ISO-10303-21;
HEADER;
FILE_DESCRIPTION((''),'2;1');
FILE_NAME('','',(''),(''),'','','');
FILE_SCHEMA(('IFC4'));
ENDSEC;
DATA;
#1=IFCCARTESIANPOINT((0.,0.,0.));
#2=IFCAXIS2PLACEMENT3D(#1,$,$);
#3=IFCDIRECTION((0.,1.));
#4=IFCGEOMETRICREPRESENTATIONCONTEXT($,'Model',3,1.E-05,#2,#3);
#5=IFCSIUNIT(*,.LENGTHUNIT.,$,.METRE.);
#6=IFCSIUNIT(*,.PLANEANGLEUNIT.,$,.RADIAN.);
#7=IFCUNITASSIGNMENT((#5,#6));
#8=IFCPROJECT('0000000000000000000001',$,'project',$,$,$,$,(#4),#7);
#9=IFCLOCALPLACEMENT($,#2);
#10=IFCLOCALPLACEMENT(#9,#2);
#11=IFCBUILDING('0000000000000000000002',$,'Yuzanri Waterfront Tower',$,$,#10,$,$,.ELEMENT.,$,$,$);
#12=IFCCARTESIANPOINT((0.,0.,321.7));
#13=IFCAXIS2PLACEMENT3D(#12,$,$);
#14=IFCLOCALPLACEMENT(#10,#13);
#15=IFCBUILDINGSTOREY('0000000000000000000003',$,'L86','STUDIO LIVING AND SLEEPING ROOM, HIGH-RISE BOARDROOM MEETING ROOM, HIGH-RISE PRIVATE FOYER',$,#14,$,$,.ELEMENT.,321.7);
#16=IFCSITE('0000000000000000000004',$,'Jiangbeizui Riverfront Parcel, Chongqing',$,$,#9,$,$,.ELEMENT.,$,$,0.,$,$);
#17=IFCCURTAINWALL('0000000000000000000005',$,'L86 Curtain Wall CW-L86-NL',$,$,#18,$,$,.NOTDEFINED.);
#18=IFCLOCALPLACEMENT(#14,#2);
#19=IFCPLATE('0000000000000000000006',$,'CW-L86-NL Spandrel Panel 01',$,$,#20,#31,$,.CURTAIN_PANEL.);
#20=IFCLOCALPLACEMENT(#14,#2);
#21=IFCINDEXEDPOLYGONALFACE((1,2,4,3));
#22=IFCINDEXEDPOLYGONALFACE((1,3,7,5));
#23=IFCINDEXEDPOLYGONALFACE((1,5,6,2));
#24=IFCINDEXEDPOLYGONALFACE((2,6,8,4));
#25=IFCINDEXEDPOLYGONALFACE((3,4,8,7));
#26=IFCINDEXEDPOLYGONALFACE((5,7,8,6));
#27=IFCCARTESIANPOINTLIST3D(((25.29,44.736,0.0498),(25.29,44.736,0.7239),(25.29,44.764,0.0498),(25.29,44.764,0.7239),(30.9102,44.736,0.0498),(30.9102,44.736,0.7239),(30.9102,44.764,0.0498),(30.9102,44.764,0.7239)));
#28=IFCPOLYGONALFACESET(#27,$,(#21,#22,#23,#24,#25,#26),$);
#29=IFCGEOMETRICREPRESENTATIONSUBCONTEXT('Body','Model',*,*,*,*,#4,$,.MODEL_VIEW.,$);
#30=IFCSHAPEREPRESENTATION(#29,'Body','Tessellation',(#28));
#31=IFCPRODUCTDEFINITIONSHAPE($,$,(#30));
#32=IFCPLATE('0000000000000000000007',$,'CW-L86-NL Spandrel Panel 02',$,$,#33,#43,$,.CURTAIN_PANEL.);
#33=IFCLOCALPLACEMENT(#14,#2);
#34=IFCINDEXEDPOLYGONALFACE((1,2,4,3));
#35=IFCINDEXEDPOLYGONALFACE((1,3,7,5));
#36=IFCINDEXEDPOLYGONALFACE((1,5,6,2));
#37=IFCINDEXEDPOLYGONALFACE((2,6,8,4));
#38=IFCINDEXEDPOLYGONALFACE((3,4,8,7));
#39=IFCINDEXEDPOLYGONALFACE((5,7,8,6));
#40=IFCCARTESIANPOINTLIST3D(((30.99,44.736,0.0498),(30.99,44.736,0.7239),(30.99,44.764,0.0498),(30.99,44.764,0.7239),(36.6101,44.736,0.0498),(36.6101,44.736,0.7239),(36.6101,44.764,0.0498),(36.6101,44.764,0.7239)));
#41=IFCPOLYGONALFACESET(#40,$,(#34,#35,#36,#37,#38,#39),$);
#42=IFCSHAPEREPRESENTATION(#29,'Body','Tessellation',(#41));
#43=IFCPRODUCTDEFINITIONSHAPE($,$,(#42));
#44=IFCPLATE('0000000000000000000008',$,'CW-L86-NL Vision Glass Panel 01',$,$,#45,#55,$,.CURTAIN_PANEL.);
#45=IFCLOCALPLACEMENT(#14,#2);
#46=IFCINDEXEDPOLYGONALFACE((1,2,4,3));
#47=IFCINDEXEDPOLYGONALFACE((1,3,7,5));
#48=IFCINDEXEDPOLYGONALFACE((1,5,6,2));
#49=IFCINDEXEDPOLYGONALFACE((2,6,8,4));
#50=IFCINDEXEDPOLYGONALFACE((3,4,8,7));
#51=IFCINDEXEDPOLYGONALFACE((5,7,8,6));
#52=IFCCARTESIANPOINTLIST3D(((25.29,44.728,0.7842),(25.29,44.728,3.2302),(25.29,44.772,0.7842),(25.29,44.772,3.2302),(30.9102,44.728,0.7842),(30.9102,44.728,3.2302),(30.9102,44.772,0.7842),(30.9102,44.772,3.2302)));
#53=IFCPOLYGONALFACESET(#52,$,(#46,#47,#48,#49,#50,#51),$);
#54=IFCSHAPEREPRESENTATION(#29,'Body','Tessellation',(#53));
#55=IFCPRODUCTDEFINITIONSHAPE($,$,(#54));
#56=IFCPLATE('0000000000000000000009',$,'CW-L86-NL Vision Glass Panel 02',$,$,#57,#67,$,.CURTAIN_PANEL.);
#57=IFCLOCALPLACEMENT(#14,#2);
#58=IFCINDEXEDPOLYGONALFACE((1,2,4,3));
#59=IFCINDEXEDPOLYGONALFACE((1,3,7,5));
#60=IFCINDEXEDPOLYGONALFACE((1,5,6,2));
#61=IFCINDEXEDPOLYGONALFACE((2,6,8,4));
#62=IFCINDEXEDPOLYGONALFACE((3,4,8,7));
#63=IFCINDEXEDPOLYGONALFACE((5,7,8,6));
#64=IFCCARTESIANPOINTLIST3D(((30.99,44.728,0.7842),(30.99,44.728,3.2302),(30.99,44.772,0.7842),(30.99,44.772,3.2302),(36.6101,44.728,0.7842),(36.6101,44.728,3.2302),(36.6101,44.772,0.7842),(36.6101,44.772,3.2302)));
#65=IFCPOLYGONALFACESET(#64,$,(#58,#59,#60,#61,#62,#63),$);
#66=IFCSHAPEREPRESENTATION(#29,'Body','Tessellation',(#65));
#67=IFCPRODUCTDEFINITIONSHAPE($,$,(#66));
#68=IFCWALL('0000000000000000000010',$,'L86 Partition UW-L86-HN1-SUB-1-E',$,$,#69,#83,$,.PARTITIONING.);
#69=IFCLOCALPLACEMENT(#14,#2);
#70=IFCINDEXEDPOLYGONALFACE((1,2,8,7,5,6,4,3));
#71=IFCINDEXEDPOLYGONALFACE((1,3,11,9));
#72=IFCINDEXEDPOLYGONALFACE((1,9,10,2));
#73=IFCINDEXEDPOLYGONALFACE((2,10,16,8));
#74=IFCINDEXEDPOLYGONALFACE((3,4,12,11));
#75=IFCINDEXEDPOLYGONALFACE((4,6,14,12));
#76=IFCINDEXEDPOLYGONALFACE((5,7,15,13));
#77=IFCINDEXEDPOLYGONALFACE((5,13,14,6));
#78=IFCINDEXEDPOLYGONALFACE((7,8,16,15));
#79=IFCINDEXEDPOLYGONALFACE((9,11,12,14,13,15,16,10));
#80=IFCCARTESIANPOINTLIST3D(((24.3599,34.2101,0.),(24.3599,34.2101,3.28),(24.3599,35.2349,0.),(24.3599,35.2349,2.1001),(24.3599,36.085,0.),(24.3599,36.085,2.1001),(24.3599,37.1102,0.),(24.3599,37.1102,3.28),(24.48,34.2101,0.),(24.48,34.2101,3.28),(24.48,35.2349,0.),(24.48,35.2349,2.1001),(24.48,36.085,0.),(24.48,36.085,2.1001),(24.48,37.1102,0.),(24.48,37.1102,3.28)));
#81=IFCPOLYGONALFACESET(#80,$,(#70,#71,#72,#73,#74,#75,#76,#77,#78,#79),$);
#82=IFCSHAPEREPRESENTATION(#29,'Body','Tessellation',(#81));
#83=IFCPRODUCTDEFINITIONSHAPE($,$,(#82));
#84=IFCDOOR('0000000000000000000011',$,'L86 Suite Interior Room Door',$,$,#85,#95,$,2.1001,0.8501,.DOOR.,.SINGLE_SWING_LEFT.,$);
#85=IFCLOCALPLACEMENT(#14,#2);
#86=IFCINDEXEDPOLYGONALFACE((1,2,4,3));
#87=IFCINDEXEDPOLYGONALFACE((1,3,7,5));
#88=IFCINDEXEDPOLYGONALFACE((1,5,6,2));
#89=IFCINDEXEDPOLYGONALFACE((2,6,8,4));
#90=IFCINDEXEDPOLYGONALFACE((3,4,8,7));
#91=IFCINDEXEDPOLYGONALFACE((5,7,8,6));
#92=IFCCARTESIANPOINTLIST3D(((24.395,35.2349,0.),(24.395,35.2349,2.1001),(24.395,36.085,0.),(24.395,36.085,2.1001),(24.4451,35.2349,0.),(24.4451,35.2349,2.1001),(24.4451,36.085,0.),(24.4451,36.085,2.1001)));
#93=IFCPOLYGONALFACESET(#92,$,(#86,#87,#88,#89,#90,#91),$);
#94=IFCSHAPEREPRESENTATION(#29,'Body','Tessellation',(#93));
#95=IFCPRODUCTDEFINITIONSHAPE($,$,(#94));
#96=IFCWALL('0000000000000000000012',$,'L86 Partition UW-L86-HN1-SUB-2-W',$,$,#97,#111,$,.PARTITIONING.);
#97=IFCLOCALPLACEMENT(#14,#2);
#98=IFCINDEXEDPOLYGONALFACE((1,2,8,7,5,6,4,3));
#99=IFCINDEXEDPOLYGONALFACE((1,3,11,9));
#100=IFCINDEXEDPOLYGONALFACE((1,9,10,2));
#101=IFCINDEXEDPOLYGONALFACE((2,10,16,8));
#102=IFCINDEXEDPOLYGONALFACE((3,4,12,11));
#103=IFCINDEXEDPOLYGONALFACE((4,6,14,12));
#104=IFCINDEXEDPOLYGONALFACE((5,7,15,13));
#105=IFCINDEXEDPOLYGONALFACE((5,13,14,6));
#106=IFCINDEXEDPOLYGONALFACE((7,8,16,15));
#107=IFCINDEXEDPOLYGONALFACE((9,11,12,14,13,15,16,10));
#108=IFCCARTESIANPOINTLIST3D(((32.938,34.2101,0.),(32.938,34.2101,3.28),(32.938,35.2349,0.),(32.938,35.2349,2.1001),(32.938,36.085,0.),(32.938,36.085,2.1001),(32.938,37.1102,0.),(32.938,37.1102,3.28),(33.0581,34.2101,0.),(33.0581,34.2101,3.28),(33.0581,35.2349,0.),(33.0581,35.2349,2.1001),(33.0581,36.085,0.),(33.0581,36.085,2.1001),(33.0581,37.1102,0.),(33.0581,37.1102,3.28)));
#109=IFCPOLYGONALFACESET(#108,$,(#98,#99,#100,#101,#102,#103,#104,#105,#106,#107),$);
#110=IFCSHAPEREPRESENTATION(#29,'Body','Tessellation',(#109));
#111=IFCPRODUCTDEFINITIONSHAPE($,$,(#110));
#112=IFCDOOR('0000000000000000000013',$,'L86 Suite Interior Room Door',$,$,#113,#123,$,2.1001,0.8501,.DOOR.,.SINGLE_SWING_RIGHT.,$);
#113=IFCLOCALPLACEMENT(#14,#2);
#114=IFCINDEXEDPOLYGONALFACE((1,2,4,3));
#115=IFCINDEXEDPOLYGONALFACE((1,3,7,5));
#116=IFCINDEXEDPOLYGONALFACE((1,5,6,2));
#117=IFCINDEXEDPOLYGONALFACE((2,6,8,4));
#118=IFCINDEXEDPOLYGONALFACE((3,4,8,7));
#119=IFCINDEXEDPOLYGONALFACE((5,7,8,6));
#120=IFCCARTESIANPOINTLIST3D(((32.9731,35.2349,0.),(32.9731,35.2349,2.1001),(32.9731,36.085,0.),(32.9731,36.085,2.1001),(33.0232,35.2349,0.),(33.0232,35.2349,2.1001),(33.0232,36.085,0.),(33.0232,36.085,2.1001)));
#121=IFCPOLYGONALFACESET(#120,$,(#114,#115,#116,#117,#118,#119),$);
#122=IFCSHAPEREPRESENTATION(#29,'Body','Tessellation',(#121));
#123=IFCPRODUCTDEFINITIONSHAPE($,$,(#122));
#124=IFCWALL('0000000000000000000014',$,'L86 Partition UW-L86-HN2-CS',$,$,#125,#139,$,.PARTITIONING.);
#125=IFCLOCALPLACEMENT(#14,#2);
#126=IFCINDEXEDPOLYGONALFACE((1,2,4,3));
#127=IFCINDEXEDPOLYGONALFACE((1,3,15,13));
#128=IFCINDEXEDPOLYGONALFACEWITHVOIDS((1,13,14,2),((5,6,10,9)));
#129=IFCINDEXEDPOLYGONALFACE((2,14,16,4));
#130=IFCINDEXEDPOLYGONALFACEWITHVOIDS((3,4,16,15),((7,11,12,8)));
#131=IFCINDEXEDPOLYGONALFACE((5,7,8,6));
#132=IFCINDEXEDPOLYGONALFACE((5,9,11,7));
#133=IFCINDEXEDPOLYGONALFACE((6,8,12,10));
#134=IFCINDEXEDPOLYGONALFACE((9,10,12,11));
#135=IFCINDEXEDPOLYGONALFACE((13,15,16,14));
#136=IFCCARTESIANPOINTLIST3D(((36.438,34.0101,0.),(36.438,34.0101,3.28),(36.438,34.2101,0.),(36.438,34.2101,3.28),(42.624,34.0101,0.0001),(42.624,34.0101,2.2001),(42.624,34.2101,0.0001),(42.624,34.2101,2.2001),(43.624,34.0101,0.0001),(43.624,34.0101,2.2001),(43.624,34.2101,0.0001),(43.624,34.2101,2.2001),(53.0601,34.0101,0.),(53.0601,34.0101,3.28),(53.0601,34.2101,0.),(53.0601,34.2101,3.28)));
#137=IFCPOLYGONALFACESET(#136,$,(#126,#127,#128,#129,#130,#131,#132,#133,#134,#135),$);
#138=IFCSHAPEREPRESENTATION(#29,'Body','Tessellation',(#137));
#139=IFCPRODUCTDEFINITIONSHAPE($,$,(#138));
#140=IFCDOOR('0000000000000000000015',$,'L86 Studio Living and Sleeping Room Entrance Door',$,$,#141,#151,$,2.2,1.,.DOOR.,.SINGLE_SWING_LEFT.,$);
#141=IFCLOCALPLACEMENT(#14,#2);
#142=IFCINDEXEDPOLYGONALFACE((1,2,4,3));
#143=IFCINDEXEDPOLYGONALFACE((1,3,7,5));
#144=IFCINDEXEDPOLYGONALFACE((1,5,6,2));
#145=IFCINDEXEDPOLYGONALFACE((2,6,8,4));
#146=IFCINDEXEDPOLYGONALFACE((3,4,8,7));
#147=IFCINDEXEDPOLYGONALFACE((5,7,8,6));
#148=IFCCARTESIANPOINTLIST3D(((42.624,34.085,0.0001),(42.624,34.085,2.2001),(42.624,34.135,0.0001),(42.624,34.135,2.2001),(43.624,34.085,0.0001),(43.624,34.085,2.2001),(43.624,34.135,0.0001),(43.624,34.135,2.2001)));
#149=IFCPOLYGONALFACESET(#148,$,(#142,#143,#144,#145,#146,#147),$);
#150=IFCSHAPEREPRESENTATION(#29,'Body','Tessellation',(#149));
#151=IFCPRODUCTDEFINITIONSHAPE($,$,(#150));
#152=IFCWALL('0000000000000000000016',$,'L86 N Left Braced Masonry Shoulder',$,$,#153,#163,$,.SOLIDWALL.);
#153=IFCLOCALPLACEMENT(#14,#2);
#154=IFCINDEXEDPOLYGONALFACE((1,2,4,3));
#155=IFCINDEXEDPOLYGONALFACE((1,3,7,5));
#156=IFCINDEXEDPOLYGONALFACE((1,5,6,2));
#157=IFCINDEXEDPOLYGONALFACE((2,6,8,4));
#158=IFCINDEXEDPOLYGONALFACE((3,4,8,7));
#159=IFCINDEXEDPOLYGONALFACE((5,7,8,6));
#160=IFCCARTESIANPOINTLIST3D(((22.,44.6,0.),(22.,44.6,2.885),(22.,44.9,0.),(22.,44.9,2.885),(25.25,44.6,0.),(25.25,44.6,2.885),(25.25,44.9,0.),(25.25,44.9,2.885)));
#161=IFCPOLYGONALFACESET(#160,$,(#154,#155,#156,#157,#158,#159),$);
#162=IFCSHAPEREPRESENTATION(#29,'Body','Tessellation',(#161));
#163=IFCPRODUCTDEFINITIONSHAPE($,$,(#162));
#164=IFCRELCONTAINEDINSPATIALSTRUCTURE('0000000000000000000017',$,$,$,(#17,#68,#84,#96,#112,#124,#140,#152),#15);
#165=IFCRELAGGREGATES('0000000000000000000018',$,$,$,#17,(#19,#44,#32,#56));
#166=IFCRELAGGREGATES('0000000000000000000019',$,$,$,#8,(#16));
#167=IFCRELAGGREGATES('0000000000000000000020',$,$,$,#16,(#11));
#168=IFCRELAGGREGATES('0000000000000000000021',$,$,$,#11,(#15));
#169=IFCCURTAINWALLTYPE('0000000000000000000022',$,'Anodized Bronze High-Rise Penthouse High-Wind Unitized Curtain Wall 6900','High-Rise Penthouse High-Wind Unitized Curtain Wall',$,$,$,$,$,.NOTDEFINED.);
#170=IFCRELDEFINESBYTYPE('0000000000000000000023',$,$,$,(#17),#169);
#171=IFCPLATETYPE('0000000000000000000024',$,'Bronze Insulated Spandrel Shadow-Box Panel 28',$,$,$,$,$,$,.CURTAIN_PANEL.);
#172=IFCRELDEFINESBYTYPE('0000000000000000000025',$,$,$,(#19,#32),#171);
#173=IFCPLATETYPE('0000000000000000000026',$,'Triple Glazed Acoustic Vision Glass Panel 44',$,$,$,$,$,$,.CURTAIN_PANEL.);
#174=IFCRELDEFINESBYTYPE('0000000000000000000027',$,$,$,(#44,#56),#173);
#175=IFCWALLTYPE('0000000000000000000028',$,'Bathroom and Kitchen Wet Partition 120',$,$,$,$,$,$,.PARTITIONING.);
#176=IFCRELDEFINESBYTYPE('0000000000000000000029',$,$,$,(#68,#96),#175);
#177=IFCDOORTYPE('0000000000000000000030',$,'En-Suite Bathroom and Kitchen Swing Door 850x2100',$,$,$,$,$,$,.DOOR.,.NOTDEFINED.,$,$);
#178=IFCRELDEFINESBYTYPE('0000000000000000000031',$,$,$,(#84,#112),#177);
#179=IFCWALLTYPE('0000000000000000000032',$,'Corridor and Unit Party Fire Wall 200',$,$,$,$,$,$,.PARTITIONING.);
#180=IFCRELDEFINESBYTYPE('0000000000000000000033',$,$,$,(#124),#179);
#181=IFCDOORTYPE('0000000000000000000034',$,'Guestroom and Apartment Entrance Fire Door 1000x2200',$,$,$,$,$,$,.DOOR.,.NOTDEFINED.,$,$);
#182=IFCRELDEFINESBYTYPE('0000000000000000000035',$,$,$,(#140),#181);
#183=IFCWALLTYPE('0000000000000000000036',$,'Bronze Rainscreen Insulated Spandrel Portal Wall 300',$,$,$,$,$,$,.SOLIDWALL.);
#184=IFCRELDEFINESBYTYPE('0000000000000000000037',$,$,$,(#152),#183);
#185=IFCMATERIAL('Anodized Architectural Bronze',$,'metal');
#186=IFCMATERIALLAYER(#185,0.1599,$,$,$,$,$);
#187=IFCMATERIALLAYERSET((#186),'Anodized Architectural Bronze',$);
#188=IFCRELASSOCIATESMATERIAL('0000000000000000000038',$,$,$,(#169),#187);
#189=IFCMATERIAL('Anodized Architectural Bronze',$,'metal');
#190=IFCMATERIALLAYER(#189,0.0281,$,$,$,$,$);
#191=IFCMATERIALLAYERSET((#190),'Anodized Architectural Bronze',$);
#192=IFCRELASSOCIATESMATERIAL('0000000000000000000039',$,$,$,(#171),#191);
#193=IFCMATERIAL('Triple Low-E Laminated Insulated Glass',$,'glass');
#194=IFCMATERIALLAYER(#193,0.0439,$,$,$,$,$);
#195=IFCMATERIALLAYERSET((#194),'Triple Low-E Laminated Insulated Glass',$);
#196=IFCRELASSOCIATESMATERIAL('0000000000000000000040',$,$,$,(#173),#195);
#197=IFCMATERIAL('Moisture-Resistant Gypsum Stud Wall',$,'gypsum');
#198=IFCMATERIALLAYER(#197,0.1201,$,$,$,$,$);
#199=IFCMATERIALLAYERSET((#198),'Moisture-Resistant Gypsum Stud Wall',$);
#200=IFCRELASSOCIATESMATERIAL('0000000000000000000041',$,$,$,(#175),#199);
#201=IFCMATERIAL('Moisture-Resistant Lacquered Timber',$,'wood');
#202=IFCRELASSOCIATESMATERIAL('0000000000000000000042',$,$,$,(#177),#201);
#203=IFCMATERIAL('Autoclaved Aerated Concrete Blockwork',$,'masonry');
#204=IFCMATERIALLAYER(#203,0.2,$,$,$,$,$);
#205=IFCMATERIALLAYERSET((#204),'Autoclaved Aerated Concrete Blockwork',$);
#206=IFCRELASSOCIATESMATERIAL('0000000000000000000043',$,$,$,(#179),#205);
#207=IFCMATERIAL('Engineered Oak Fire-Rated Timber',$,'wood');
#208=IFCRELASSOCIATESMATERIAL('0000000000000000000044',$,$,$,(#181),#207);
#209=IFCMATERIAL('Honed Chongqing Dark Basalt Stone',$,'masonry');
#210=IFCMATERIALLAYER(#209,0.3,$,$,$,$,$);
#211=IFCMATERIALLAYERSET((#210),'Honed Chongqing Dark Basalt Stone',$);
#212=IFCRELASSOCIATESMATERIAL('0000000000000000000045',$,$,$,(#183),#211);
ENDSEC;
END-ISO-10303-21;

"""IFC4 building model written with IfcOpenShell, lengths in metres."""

from ifc_helpers import new_model, si_unit, direction, frame, frame_2d, origin, origin_2d, place, context, subcontext, project, spatial, rectangle, extrude, source, transform, mapped, material, layer, layer_set, type_object, element, fill, aggregate, save


model = new_model("IFC4")

# Units and contexts
model_context = context("Model", 3, precision=1e-05, world=origin(), true_north=direction((0.0, 1.0)))
body_context = subcontext(model_context, "Body", "Model", "MODEL_VIEW")
ifc_project = project(units=[si_unit("LENGTHUNIT", "METRE"), si_unit("PLANEANGLEUNIT", "RADIAN")], contexts=[model_context])

# Site, building, storey
site_placement = place(None, origin())
site = spatial("IfcSite", under=ifc_project, at=site_placement, Name="Jiangbeizui Riverfront Parcel, Chongqing", CompositionType="ELEMENT", RefElevation=0.0)
building_placement = place(site_placement, origin())
building = spatial("IfcBuilding", under=site, at=building_placement, Name="Yuzanri Waterfront Tower", CompositionType="ELEMENT")
storey_placement = place(building_placement, frame((0.0, 0.0, 321.7)))
storey = spatial("IfcBuildingStorey", under=building, at=storey_placement, Name="L86", Description="STUDIO LIVING AND SLEEPING ROOM, HIGH-RISE BOARDROOM MEETING ROOM, HIGH-RISE PRIVATE FOYER", CompositionType="ELEMENT", Elevation=321.7)

# Curtain wall, plates
ifc_material_1 = material(Name="Anodized Architectural Bronze", Category="metal")
ifc_layer_1 = layer(ifc_material_1, 0.1599)
ifc_layer_set_1 = layer_set([ifc_layer_1], Name="Anodized Architectural Bronze")
curtain_wall_type = type_object("IfcCurtainWallType", Name="Anodized Bronze High-Rise Penthouse High-Wind Unitized Curtain Wall 6900", Description="High-Rise Penthouse High-Wind Unitized Curtain Wall", PredefinedType="NOTDEFINED", material=ifc_layer_set_1)
curtain_wall_placement = place(storey_placement, origin())
curtain_wall = element("IfcCurtainWall", 1, at=curtain_wall_placement, inside=storey, type_object=curtain_wall_type, Name="L86 Curtain Wall CW-L86-NL", PredefinedType="NOTDEFINED")
ifc_material_2 = material(Name="Anodized Architectural Bronze", Category="metal")
ifc_layer_2 = layer(ifc_material_2, 0.0281)
ifc_layer_set_2 = layer_set([ifc_layer_2], Name="Anodized Architectural Bronze")
plate_type_1 = type_object("IfcPlateType", Name="Bronze Insulated Spandrel Shadow-Box Panel 28", PredefinedType="CURTAIN_PANEL", material=ifc_layer_set_2)
shared_shape_1 = source(origin(), body_context, "Body", "SweptSolid", [
    extrude(rectangle(XDim=5.6201, YDim=0.0281, at=origin_2d()), origin(), (0.0, 0.0, 1.0), 0.6741),
])
plate_1_placement = place(storey_placement, frame((28.1001, 44.75, 0.0498), z_axis=(0.0, 0.0, 1.0), x_axis=(1.0, 0.0, 0.0)))
plate_1 = element("IfcPlate", 2, at=plate_1_placement, type_object=plate_type_1, Name="CW-L86-NL Spandrel Panel 01", PredefinedType="CURTAIN_PANEL", context=body_context, shape_type="MappedRepresentation", body=[
    mapped(shared_shape_1, transform((0.0, 0.0, 0.0), scale=1.0)),
])
plate_2_placement = place(storey_placement, frame((33.8, 44.75, 0.0498), z_axis=(0.0, 0.0, 1.0), x_axis=(1.0, 0.0, 0.0)))
plate_2 = element("IfcPlate", 3, at=plate_2_placement, type_object=plate_type_1, Name="CW-L86-NL Spandrel Panel 02", PredefinedType="CURTAIN_PANEL", context=body_context, shape_type="MappedRepresentation", body=[
    mapped(shared_shape_1, transform((0.0, 0.0, 0.0), scale=1.0)),
])
ifc_material_3 = material(Name="Triple Low-E Laminated Insulated Glass", Category="glass")
ifc_layer_3 = layer(ifc_material_3, 0.0439)
ifc_layer_set_3 = layer_set([ifc_layer_3], Name="Triple Low-E Laminated Insulated Glass")
plate_type_2 = type_object("IfcPlateType", Name="Triple Glazed Acoustic Vision Glass Panel 44", PredefinedType="CURTAIN_PANEL", material=ifc_layer_set_3)
shared_shape_2 = source(origin(), body_context, "Body", "SweptSolid", [
    extrude(rectangle(XDim=5.6201, YDim=0.0439, at=origin_2d()), origin(), (0.0, 0.0, 1.0), 2.446),
])
plate_3_placement = place(storey_placement, frame((28.1001, 44.75, 0.7842), z_axis=(0.0, 0.0, 1.0), x_axis=(1.0, 0.0, 0.0)))
plate_3 = element("IfcPlate", 4, at=plate_3_placement, type_object=plate_type_2, Name="CW-L86-NL Vision Glass Panel 01", PredefinedType="CURTAIN_PANEL", context=body_context, shape_type="MappedRepresentation", body=[
    mapped(shared_shape_2, transform((0.0, 0.0, 0.0), scale=1.0)),
])
plate_4_placement = place(storey_placement, frame((33.8, 44.75, 0.7842), z_axis=(0.0, 0.0, 1.0), x_axis=(1.0, 0.0, 0.0)))
plate_4 = element("IfcPlate", 5, at=plate_4_placement, type_object=plate_type_2, Name="CW-L86-NL Vision Glass Panel 02", PredefinedType="CURTAIN_PANEL", context=body_context, shape_type="MappedRepresentation", body=[
    mapped(shared_shape_2, transform((0.0, 0.0, 0.0), scale=1.0)),
])
aggregate(curtain_wall, [plate_1, plate_3, plate_2, plate_4])

# Walls, openings, doors
ifc_material_4 = material(Name="Moisture-Resistant Gypsum Stud Wall", Category="gypsum")
ifc_layer_4 = layer(ifc_material_4, 0.1201)
ifc_layer_set_4 = layer_set([ifc_layer_4], Name="Moisture-Resistant Gypsum Stud Wall")
wall_type_1 = type_object("IfcWallType", Name="Bathroom and Kitchen Wet Partition 120", PredefinedType="PARTITIONING", material=ifc_layer_set_4)
wall_1_placement = place(storey_placement, frame((24.4199, 34.21, 0.0), z_axis=(0.0, 0.0, 1.0), x_axis=(0.0, 1.0, 0.0)))
wall_1 = element("IfcWall", 6, at=wall_1_placement, inside=storey, type_object=wall_type_1, Name="L86 Partition UW-L86-HN1-SUB-1-E", PredefinedType="PARTITIONING", context=body_context, shape_type="SweptSolid", body=[
    extrude(rectangle(XDim=2.9001, YDim=0.1201, at=frame_2d((1.4502, 0.0))), origin(), (0.0, 0.0, 1.0), 3.28),
])
opening_1_placement = place(wall_1_placement, frame((1.0249, 0.0, 0.0)))
opening_1 = element("IfcOpeningElement", 7, at=opening_1_placement, cuts=wall_1, PredefinedType="OPENING", context=body_context, shape_type="SweptSolid", body=[
    extrude(rectangle(XDim=0.8501, YDim=2.1001, at=frame_2d((0.425, 1.05))), frame((0.0, 0.075, 0.0), z_axis=(0.0, -1.0, 0.0), x_axis=(1.0, 0.0, 0.0)), (0.0, 0.0, 1.0), 0.1499),
])
ifc_material_5 = material(Name="Moisture-Resistant Lacquered Timber", Category="wood")
door_type_1 = type_object("IfcDoorType", Name="En-Suite Bathroom and Kitchen Swing Door 850x2100", OperationType="NOTDEFINED", PredefinedType="DOOR", material=ifc_material_5)
shared_shape_3 = source(origin(), body_context, "Body", "SweptSolid", [
    extrude(rectangle(XDim=0.8501, YDim=2.1001, at=frame_2d((0.425, 1.05))), frame((0.0, 0.0249, 0.0), z_axis=(0.0, -1.0, 0.0), x_axis=(1.0, 0.0, 0.0)), (0.0, 0.0, 1.0), 0.05),
])
door_1_placement = place(opening_1_placement, origin())
door_1 = element("IfcDoor", 8, at=door_1_placement, inside=storey, type_object=door_type_1, Name="L86 Suite Interior Room Door", OperationType="SINGLE_SWING_LEFT", OverallHeight=2.1001, OverallWidth=0.8501, PredefinedType="DOOR", context=body_context, shape_type="MappedRepresentation", body=[
    mapped(shared_shape_3, transform((0.0, 0.0, 0.0), scale=1.0)),
])
fill(opening_1, door_1)
wall_2_placement = place(storey_placement, frame((32.998, 34.21, 0.0), z_axis=(0.0, 0.0, 1.0), x_axis=(0.0, 1.0, 0.0)))
wall_2 = element("IfcWall", 9, at=wall_2_placement, inside=storey, type_object=wall_type_1, Name="L86 Partition UW-L86-HN1-SUB-2-W", PredefinedType="PARTITIONING", context=body_context, shape_type="SweptSolid", body=[
    extrude(rectangle(XDim=2.9001, YDim=0.1201, at=frame_2d((1.4502, 0.0))), origin(), (0.0, 0.0, 1.0), 3.28),
])
opening_2_placement = place(wall_2_placement, frame((1.0249, 0.0, 0.0)))
opening_2 = element("IfcOpeningElement", 10, at=opening_2_placement, cuts=wall_2, PredefinedType="OPENING", context=body_context, shape_type="SweptSolid", body=[
    extrude(rectangle(XDim=0.8501, YDim=2.1001, at=frame_2d((0.425, 1.05))), frame((0.0, 0.075, 0.0), z_axis=(0.0, -1.0, 0.0), x_axis=(1.0, 0.0, 0.0)), (0.0, 0.0, 1.0), 0.1499),
])
door_2_placement = place(opening_2_placement, origin())
door_2 = element("IfcDoor", 11, at=door_2_placement, inside=storey, type_object=door_type_1, Name="L86 Suite Interior Room Door", OperationType="SINGLE_SWING_RIGHT", OverallHeight=2.1001, OverallWidth=0.8501, PredefinedType="DOOR", context=body_context, shape_type="MappedRepresentation", body=[
    mapped(shared_shape_3, transform((0.0, 0.0, 0.0), scale=1.0)),
])
fill(opening_2, door_2)
ifc_material_6 = material(Name="Autoclaved Aerated Concrete Blockwork", Category="masonry")
ifc_layer_5 = layer(ifc_material_6, 0.2)
ifc_layer_set_5 = layer_set([ifc_layer_5], Name="Autoclaved Aerated Concrete Blockwork")
wall_type_2 = type_object("IfcWallType", Name="Corridor and Unit Party Fire Wall 200", PredefinedType="PARTITIONING", material=ifc_layer_set_5)
wall_3_placement = place(storey_placement, frame((36.438, 34.1101, 0.0), z_axis=(0.0, 0.0, 1.0), x_axis=(1.0, 0.0, 0.0)))
wall_3 = element("IfcWall", 12, at=wall_3_placement, inside=storey, type_object=wall_type_2, Name="L86 Partition UW-L86-HN2-CS", PredefinedType="PARTITIONING", context=body_context, shape_type="SweptSolid", body=[
    extrude(rectangle(XDim=16.6221, YDim=0.2, at=frame_2d((8.311, 0.0))), origin(), (0.0, 0.0, 1.0), 3.28),
])
opening_3_placement = place(wall_3_placement, frame((6.186, 0.0, 0.0)))
opening_3 = element("IfcOpeningElement", 13, at=opening_3_placement, cuts=wall_3, PredefinedType="OPENING", context=body_context, shape_type="SweptSolid", body=[
    extrude(rectangle(XDim=1.0, YDim=2.2, at=frame_2d((0.5, 1.1001))), frame((0.0, 0.1147, 0.0), z_axis=(0.0, -1.0, 0.0), x_axis=(1.0, 0.0, 0.0)), (0.0, 0.0, 1.0), 0.2297),
])
ifc_material_7 = material(Name="Engineered Oak Fire-Rated Timber", Category="wood")
door_type_2 = type_object("IfcDoorType", Name="Guestroom and Apartment Entrance Fire Door 1000x2200", OperationType="NOTDEFINED", PredefinedType="DOOR", material=ifc_material_7)
shared_shape_4 = source(origin(), body_context, "Body", "SweptSolid", [
    extrude(rectangle(XDim=1.0, YDim=2.2, at=frame_2d((0.5, 1.1001))), frame((0.0, 0.0249, 0.0), z_axis=(0.0, -1.0, 0.0), x_axis=(1.0, 0.0, 0.0)), (0.0, 0.0, 1.0), 0.05),
])
door_3_placement = place(opening_3_placement, origin())
door_3 = element("IfcDoor", 14, at=door_3_placement, inside=storey, type_object=door_type_2, Name="L86 Studio Living and Sleeping Room Entrance Door", OperationType="SINGLE_SWING_LEFT", OverallHeight=2.2, OverallWidth=1.0, PredefinedType="DOOR", context=body_context, shape_type="MappedRepresentation", body=[
    mapped(shared_shape_4, transform((0.0, 0.0, 0.0), scale=1.0)),
])
fill(opening_3, door_3)

# Wall
ifc_material_8 = material(Name="Honed Chongqing Dark Basalt Stone", Category="masonry")
ifc_layer_6 = layer(ifc_material_8, 0.3)
ifc_layer_set_6 = layer_set([ifc_layer_6], Name="Honed Chongqing Dark Basalt Stone")
wall_type_3 = type_object("IfcWallType", Name="Bronze Rainscreen Insulated Spandrel Portal Wall 300", PredefinedType="SOLIDWALL", material=ifc_layer_set_6)
shared_shape_5 = source(origin(), body_context, "Body", "SweptSolid", [
    extrude(rectangle(XDim=3.25, YDim=0.3, at=frame_2d((1.625, 0.0))), origin(), (0.0, 0.0, 1.0), 2.885),
])
wall_4_placement = place(storey_placement, frame((22.0, 44.75, 0.0), z_axis=(0.0, 0.0, 1.0), x_axis=(1.0, 0.0, 0.0)))
element("IfcWall", 15, at=wall_4_placement, inside=storey, type_object=wall_type_3, Name="L86 N Left Braced Masonry Shoulder", PredefinedType="SOLIDWALL", context=body_context, shape_type="MappedRepresentation", body=[
    mapped(shared_shape_5, transform((0.0, 0.0, 0.0), scale=1.0)),
])

save(model, "model.ifc")
